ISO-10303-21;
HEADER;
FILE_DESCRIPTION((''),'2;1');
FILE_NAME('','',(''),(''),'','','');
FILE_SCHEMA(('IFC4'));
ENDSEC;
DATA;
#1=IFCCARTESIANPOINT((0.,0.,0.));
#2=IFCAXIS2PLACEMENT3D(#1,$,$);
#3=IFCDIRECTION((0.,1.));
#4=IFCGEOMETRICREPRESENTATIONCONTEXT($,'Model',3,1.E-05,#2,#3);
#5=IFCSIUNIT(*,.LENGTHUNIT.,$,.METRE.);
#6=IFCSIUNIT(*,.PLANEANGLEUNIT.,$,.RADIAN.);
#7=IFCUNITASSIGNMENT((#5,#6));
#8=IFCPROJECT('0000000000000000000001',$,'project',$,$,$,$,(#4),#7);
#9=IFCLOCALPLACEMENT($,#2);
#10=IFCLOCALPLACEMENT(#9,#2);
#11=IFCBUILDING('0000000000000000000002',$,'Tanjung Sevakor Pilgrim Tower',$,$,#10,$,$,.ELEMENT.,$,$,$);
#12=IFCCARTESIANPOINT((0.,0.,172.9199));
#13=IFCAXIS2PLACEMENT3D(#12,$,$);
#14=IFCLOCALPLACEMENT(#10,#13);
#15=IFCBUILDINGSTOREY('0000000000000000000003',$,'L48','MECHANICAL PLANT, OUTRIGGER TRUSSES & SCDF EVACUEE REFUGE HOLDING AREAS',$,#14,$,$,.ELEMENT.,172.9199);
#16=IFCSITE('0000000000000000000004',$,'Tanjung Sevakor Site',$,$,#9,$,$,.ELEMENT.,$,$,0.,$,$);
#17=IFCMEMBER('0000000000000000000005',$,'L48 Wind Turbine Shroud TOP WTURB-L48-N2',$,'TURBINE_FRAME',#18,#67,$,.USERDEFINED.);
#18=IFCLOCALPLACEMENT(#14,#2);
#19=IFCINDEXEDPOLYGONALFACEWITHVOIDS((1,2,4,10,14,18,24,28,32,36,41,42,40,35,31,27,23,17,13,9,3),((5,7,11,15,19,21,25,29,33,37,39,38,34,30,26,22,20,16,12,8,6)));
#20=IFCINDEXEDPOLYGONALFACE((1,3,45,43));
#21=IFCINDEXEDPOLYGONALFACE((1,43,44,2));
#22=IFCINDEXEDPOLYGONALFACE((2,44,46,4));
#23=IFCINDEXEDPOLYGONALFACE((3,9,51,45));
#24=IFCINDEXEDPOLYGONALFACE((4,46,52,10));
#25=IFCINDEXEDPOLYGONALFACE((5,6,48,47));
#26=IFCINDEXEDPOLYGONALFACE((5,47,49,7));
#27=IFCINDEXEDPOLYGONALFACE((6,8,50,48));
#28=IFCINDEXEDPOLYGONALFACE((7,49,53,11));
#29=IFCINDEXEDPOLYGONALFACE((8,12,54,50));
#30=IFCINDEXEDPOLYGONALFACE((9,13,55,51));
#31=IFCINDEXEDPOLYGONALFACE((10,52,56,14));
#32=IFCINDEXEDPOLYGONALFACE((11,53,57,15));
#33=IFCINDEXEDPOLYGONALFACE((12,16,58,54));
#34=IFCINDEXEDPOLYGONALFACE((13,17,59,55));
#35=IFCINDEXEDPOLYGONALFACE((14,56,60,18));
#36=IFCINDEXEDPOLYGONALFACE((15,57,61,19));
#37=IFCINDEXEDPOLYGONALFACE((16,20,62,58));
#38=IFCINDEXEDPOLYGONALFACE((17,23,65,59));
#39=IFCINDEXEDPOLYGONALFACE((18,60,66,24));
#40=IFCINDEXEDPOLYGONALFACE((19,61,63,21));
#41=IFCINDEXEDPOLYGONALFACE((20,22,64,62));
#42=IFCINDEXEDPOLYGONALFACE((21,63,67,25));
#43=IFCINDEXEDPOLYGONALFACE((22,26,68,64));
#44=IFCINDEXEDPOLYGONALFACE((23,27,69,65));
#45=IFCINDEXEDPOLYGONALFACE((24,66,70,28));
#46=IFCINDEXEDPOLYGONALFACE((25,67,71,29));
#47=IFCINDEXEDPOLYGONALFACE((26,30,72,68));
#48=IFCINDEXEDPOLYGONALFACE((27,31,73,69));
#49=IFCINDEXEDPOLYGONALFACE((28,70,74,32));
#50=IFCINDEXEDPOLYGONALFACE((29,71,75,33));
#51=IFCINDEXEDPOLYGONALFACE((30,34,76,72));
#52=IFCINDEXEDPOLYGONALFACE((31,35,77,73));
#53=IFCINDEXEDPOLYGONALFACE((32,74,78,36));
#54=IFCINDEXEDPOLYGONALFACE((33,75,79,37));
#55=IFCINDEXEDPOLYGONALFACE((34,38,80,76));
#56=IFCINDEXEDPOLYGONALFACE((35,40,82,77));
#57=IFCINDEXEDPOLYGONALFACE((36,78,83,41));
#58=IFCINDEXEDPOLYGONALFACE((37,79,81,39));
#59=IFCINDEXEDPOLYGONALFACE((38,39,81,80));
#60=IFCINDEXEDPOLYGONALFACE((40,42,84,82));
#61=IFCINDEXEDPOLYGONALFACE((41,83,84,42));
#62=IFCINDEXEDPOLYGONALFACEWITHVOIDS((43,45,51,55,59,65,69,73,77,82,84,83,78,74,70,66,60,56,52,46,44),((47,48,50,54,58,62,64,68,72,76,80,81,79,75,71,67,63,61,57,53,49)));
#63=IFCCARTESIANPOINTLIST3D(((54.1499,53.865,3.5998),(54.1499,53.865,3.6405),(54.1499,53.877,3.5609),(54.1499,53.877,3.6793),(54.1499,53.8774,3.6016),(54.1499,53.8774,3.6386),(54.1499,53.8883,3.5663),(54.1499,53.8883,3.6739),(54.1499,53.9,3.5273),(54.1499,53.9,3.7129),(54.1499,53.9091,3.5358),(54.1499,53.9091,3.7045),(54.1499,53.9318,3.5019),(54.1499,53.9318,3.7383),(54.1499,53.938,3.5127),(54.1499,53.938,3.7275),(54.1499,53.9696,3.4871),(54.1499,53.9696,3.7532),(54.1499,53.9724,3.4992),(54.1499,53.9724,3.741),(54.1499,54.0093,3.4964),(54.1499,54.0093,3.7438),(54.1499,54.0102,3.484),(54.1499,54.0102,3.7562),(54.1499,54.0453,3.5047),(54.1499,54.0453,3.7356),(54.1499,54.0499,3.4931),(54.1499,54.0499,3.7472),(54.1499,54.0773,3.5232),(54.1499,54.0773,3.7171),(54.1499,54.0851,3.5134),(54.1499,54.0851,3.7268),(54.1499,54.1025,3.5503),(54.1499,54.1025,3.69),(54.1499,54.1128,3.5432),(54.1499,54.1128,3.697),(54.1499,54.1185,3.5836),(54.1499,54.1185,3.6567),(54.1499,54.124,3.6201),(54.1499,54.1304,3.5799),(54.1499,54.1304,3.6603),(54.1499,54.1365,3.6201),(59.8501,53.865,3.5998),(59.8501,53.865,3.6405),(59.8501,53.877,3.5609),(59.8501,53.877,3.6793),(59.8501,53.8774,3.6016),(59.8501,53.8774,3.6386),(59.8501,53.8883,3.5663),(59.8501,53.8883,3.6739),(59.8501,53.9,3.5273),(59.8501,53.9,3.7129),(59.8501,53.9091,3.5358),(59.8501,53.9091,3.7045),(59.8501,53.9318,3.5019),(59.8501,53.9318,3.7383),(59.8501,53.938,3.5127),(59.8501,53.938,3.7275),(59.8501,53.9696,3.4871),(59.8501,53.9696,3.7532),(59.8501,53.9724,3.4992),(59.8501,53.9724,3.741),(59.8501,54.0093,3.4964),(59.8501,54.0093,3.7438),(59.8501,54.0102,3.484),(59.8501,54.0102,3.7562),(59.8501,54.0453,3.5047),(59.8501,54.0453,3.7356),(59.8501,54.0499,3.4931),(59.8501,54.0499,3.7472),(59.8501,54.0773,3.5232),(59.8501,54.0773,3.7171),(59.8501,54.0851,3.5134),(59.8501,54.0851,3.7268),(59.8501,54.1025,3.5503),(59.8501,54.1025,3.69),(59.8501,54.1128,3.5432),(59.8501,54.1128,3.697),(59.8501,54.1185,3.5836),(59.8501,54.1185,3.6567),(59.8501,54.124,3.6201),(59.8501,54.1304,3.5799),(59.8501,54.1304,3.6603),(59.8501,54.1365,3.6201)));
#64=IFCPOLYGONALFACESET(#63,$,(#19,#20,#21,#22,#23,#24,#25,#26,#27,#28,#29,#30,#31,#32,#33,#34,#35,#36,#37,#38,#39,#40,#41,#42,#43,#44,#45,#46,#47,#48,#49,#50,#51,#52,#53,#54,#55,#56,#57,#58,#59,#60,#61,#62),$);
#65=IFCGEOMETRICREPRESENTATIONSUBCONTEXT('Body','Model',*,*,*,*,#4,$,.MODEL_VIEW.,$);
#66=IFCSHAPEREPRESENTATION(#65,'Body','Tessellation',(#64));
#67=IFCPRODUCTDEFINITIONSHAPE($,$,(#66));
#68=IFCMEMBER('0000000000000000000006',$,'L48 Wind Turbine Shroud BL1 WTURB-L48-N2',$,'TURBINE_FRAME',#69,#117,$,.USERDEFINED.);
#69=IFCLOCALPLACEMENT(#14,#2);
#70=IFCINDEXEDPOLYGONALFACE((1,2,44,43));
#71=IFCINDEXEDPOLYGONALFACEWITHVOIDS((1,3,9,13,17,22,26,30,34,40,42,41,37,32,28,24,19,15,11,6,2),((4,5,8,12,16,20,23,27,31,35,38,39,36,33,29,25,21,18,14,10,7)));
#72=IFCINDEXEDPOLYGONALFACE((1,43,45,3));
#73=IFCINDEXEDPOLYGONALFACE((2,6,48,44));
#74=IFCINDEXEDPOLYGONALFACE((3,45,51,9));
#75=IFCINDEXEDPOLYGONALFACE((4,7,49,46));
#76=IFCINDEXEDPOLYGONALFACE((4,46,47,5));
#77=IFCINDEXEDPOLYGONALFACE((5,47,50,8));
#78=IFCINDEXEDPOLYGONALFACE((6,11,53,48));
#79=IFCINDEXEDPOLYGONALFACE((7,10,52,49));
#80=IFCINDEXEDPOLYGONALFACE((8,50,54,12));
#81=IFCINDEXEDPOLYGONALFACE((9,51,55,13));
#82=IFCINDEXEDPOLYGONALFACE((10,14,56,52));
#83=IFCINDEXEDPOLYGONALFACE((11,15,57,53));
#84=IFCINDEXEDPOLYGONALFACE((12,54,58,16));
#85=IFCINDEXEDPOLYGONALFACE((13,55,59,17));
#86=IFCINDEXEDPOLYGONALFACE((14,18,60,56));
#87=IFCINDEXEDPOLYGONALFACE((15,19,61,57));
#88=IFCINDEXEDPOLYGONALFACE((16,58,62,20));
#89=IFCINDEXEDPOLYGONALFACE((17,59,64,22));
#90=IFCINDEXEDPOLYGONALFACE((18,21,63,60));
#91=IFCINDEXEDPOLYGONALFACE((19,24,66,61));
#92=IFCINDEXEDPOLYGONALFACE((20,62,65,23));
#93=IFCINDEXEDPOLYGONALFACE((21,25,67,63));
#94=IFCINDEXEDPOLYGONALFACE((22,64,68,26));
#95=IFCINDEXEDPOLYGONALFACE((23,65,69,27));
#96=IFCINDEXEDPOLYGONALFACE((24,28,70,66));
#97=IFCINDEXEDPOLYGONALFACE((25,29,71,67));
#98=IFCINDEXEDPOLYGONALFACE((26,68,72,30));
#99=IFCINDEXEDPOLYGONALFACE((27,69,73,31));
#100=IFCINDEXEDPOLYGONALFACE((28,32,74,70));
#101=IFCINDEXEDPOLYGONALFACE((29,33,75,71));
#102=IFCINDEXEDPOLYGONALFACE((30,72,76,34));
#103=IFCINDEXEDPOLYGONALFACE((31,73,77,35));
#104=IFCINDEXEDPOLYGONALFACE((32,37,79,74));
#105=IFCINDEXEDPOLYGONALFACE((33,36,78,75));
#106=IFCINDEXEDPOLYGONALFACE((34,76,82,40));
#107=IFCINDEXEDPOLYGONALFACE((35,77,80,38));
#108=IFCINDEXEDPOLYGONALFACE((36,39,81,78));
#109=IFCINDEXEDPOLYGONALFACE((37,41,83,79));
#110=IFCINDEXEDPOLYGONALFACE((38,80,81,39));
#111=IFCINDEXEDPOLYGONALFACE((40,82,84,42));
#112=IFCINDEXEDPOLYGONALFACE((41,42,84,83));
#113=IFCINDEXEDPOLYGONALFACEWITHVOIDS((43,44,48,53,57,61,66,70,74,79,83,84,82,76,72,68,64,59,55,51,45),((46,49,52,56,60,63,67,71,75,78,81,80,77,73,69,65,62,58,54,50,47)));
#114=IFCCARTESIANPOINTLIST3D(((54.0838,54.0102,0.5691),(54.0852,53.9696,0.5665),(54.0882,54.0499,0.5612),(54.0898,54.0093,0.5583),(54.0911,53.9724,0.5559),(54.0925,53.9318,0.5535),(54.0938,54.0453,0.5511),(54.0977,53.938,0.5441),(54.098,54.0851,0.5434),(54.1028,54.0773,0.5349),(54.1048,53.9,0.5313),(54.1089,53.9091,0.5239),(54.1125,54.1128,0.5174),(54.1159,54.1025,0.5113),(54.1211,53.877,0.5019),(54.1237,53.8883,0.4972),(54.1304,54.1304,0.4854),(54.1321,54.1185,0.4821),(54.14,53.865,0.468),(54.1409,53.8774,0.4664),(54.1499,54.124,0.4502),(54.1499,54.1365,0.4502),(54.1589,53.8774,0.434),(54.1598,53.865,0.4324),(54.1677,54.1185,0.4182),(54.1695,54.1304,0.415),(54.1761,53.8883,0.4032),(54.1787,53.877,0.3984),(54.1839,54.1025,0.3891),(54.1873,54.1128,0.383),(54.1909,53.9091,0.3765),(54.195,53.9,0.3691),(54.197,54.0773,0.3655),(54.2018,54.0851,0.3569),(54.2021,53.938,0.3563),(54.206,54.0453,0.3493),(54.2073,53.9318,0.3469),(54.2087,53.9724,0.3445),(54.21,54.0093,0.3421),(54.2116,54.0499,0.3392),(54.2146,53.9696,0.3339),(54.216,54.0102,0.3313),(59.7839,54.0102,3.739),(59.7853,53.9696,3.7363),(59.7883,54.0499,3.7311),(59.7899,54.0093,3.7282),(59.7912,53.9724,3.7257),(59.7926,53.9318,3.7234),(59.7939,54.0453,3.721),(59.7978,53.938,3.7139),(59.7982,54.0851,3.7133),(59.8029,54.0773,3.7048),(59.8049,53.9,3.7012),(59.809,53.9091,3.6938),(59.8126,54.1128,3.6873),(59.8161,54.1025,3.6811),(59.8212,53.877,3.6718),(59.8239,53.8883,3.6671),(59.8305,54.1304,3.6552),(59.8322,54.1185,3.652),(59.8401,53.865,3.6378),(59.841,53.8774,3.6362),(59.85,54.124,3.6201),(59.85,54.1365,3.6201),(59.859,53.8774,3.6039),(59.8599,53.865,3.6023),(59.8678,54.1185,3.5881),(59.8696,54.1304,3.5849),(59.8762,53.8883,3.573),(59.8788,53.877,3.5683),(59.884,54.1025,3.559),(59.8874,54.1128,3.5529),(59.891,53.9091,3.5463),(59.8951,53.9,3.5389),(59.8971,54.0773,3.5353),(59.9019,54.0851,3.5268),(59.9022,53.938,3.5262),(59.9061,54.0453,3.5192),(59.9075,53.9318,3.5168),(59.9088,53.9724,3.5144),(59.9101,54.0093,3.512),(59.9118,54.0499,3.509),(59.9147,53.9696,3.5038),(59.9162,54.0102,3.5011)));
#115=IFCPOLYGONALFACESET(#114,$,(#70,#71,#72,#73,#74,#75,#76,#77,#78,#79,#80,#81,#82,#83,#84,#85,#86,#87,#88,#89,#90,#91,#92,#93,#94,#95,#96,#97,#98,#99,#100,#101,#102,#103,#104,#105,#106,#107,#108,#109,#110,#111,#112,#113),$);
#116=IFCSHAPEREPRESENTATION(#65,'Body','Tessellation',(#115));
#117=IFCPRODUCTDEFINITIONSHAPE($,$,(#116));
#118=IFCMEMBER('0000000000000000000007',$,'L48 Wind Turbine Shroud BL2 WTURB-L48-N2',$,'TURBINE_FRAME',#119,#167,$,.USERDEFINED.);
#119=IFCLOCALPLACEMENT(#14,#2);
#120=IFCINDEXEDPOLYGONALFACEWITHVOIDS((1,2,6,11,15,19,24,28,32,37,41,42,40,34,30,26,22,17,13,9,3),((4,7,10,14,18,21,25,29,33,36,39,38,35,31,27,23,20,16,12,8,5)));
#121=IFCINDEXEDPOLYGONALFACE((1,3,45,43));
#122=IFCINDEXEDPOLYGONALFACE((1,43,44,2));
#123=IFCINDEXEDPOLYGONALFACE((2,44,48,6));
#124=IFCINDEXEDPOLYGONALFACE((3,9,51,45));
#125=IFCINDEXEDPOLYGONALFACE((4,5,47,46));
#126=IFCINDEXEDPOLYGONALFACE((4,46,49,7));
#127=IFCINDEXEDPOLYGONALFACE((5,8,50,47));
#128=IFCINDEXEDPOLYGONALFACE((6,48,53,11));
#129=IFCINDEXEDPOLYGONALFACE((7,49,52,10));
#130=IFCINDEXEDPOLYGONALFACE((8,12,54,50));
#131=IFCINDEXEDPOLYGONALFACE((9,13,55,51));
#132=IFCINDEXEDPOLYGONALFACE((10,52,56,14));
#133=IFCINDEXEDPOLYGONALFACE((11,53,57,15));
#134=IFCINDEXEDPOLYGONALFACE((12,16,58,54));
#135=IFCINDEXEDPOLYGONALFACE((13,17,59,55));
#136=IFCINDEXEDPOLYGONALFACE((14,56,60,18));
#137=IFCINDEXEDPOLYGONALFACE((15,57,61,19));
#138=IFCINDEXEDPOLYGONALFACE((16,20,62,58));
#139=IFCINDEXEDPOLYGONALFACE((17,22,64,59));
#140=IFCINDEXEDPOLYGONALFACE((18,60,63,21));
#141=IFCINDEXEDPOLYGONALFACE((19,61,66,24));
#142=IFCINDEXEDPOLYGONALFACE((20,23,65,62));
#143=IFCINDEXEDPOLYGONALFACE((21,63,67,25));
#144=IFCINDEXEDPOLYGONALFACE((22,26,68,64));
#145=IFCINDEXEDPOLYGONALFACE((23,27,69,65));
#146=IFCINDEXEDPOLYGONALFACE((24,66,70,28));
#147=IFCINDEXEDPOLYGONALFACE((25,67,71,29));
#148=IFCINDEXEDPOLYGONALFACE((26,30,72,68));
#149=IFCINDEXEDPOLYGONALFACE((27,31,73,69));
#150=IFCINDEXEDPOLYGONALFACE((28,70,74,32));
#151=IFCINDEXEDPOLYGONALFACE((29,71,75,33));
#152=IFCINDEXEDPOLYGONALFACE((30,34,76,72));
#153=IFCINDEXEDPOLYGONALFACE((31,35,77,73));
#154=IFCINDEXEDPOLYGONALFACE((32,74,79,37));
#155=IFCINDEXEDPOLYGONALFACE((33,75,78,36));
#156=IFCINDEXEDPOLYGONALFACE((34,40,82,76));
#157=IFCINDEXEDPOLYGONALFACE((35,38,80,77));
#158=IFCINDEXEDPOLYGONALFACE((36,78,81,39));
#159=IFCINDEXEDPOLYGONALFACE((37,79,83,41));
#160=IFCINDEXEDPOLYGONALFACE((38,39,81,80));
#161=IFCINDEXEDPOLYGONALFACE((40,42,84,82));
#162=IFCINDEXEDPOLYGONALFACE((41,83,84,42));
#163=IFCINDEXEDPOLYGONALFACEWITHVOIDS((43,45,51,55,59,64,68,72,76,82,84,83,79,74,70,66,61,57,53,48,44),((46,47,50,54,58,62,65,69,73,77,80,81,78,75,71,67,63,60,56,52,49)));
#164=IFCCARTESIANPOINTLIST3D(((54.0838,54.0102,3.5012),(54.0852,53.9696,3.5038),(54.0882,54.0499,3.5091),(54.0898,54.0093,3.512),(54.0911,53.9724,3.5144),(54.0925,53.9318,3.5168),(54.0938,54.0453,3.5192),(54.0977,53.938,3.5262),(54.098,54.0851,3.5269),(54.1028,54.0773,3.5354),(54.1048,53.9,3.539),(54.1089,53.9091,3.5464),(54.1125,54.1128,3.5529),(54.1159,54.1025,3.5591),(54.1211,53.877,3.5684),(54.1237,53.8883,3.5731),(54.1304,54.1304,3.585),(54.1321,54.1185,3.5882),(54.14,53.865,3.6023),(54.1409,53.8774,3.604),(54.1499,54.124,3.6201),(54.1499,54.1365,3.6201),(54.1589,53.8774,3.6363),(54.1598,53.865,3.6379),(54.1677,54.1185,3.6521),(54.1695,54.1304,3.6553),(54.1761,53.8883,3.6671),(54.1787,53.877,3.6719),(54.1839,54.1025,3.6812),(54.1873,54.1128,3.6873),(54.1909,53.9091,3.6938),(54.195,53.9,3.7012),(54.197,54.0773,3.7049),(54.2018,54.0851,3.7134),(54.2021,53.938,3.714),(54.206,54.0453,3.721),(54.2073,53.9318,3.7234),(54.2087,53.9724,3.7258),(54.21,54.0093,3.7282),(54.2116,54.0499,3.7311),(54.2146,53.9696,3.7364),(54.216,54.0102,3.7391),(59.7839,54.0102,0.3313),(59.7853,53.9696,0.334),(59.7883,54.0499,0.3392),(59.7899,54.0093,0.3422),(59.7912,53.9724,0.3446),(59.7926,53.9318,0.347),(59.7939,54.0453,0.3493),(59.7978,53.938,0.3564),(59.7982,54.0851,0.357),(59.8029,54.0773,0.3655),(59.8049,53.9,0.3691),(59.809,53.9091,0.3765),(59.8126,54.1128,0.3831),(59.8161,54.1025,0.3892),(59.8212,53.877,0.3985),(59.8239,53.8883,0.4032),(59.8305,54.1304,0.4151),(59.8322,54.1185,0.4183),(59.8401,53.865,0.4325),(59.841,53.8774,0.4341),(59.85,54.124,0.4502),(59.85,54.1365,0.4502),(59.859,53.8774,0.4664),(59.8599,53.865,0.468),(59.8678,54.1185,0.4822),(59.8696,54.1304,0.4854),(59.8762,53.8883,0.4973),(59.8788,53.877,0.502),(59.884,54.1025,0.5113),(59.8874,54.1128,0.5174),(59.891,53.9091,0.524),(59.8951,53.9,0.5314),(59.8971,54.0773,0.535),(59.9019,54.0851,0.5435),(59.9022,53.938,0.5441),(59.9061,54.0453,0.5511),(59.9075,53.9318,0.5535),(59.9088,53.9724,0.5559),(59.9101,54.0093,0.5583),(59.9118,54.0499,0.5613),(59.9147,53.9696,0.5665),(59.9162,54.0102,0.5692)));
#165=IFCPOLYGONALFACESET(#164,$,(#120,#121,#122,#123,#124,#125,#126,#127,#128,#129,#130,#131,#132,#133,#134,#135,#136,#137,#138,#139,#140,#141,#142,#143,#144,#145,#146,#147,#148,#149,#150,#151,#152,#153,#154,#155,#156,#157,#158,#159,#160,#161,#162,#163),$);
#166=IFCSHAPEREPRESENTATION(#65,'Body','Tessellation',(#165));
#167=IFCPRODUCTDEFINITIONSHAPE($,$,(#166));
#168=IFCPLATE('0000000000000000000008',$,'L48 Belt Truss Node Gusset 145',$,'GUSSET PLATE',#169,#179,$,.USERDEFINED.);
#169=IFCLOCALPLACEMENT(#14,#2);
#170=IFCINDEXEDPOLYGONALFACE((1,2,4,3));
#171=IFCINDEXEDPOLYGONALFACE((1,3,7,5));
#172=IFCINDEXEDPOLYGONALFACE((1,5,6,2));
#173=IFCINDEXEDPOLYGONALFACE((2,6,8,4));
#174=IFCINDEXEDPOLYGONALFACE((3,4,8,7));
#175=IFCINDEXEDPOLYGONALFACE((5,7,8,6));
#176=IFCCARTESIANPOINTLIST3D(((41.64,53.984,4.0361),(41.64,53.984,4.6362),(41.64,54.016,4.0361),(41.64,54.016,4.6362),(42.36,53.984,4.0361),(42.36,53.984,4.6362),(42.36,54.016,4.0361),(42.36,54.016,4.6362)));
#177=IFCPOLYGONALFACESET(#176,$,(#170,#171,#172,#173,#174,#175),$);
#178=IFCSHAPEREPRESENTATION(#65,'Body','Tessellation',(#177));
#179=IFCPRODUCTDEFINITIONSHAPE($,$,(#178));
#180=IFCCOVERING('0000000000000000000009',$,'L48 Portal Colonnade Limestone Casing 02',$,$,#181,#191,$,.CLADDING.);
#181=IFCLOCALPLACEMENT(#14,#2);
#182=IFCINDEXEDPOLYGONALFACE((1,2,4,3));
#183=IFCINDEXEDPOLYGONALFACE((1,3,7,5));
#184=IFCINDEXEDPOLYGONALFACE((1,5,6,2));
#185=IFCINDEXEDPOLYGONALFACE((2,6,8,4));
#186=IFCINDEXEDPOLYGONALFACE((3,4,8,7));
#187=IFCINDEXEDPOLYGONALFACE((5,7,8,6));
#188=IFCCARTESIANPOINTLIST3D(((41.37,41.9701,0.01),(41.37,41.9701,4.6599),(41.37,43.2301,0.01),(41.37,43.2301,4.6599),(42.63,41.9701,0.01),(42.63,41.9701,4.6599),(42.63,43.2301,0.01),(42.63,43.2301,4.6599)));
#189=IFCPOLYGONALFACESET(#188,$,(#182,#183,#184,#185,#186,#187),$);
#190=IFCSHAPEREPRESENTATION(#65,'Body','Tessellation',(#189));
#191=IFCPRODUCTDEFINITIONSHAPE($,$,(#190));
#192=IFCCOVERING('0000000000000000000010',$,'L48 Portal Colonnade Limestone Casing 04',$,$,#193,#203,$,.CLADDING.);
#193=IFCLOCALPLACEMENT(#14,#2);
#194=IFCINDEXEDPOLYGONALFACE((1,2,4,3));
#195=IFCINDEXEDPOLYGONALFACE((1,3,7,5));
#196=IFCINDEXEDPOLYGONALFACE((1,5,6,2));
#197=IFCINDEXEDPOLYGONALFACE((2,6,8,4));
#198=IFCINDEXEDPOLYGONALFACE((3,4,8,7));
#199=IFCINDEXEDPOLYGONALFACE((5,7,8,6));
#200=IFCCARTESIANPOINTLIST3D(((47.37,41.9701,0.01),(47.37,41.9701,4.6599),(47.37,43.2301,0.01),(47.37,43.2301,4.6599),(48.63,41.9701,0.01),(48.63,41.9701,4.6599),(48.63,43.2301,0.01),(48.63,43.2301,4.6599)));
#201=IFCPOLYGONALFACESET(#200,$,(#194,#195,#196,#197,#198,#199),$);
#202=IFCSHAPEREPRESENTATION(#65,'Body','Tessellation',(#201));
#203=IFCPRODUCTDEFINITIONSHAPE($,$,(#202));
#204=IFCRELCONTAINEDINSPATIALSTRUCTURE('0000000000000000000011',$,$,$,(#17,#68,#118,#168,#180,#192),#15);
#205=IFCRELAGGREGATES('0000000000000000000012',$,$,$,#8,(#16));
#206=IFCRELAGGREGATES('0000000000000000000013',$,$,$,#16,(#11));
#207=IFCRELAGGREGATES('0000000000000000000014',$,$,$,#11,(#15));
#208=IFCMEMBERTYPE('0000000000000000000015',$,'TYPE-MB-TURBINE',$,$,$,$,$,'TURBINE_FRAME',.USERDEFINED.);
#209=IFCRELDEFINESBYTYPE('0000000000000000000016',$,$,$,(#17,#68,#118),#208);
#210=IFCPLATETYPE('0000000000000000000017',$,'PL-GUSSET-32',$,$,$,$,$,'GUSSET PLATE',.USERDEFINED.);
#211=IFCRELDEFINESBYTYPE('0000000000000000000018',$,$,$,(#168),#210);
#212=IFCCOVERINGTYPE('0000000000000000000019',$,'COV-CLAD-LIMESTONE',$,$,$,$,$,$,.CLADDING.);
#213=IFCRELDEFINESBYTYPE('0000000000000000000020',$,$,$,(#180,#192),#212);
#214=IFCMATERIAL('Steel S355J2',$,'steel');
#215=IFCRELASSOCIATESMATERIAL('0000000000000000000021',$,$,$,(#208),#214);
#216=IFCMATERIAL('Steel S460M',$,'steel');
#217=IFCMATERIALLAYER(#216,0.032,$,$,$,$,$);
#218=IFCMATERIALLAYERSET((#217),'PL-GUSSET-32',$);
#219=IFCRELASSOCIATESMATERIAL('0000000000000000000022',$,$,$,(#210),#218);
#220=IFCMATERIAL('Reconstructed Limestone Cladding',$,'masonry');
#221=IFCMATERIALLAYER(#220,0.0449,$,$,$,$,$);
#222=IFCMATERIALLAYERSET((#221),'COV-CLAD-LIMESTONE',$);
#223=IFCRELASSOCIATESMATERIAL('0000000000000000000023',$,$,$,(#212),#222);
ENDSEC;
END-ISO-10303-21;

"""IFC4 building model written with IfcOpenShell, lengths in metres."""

from ifc_helpers import new_model, si_unit, direction, frame, origin, origin_2d, place, context, subcontext, project, spatial, rectangle, hollow_circle, extrude, material, layer, layer_set, material_profile, profile_set, type_object, element, save


model = new_model("IFC4")

# Units and contexts
model_context = context("Model", 3, precision=1e-05, world=origin(), true_north=direction((0.0, 1.0)))
body_context = subcontext(model_context, "Body", "Model", "MODEL_VIEW")
ifc_project = project(units=[si_unit("LENGTHUNIT", "METRE"), si_unit("PLANEANGLEUNIT", "RADIAN")], contexts=[model_context])

# Site, building, storey
site_placement = place(None, origin())
site = spatial("IfcSite", under=ifc_project, at=site_placement, Name="Tanjung Sevakor Site", CompositionType="ELEMENT", RefElevation=0.0)
building_placement = place(site_placement, origin())
building = spatial("IfcBuilding", under=site, at=building_placement, Name="Tanjung Sevakor Pilgrim Tower", CompositionType="ELEMENT")
storey_placement = place(building_placement, frame((0.0, 0.0, 172.9199)))
storey = spatial("IfcBuildingStorey", under=building, at=storey_placement, Name="L48", Description="MECHANICAL PLANT, OUTRIGGER TRUSSES & SCDF EVACUEE REFUGE HOLDING AREAS", CompositionType="ELEMENT", Elevation=172.9199)

# Members
ifc_material_1 = material(Name="Steel S355J2", Category="steel")
ifc_material_profile_1 = material_profile(ifc_material_1, hollow_circle(Radius=0.1365, WallThickness=0.0125, at=origin_2d()))
ifc_profile_set_1 = profile_set([ifc_material_profile_1], Name="Steel S355J2")
member_type = type_object("IfcMemberType", Name="TYPE-MB-TURBINE", ElementType="TURBINE_FRAME", PredefinedType="USERDEFINED", material=ifc_profile_set_1)
for number, where, z_axis, x_axis, name in (
    (1, (54.1499, 54.0, 3.6201), (1.0, 0.0, 0.0), (0.0, 1.0, 0.0), "L48 Wind Turbine Shroud TOP WTURB-L48-N2"),
):
    element("IfcMember", number, at=place(storey_placement, frame(where, z_axis=z_axis, x_axis=x_axis)), inside=storey, type_object=member_type, Name=name, ObjectType="TURBINE_FRAME", PredefinedType="USERDEFINED", context=body_context, shape_type="SweptSolid", body=[
        extrude(hollow_circle(Radius=0.1365, WallThickness=0.0125, at=origin_2d()), origin(), (0.0, 0.0, 1.0), 5.7002),
    ])
for number, where, z_axis, x_axis, name in (
    (2, (54.1499, 54.0, 0.4502), (0.873952, 0.0, 0.486012), (0.0, 1.0, 0.0), "L48 Wind Turbine Shroud BL1 WTURB-L48-N2"),
    (3, (54.1499, 54.0, 3.6201), (0.873952, 0.0, -0.486012), (0.0, 1.0, 0.0), "L48 Wind Turbine Shroud BL2 WTURB-L48-N2"),
):
    element("IfcMember", number, at=place(storey_placement, frame(where, z_axis=z_axis, x_axis=x_axis)), inside=storey, type_object=member_type, Name=name, ObjectType="TURBINE_FRAME", PredefinedType="USERDEFINED", context=body_context, shape_type="SweptSolid", body=[
        extrude(hollow_circle(Radius=0.1365, WallThickness=0.0125, at=origin_2d()), origin(), (0.0, 0.0, 1.0), 6.5222),
    ])

# Plate
ifc_material_2 = material(Name="Steel S460M", Category="steel")
ifc_layer_1 = layer(ifc_material_2, 0.032)
ifc_layer_set_1 = layer_set([ifc_layer_1], Name="PL-GUSSET-32")
plate_type = type_object("IfcPlateType", Name="PL-GUSSET-32", ElementType="GUSSET PLATE", PredefinedType="USERDEFINED", material=ifc_layer_set_1)
plate_placement = place(storey_placement, frame((42.0, 54.0, 4.0361), z_axis=(0.0, 0.0, 1.0), x_axis=(1.0, 0.0, 0.0)))
element("IfcPlate", 4, at=plate_placement, inside=storey, type_object=plate_type, Name="L48 Belt Truss Node Gusset 145", ObjectType="GUSSET PLATE", PredefinedType="USERDEFINED", context=body_context, shape_type="SweptSolid", body=[
    extrude(rectangle(XDim=0.72, YDim=0.032, at=origin_2d()), origin(), (0.0, 0.0, 1.0), 0.6001),
])

# Coverings
ifc_material_3 = material(Name="Reconstructed Limestone Cladding", Category="masonry")
ifc_layer_2 = layer(ifc_material_3, 0.0449)
ifc_layer_set_2 = layer_set([ifc_layer_2], Name="COV-CLAD-LIMESTONE")
covering_type = type_object("IfcCoveringType", Name="COV-CLAD-LIMESTONE", PredefinedType="CLADDING", material=ifc_layer_set_2)
for number, where, z_axis, x_axis, name in (
    (5, (42.0, 42.6001, 0.01), (0.0, 0.0, 1.0), (1.0, 0.0, 0.0), "L48 Portal Colonnade Limestone Casing 02"),
    (6, (48.0, 42.6001, 0.01), (0.0, 0.0, 1.0), (1.0, 0.0, 0.0), "L48 Portal Colonnade Limestone Casing 04"),
):
    element("IfcCovering", number, at=place(storey_placement, frame(where, z_axis=z_axis, x_axis=x_axis)), inside=storey, type_object=covering_type, Name=name, PredefinedType="CLADDING", context=body_context, shape_type="SweptSolid", body=[
        extrude(rectangle(XDim=1.26, YDim=1.26, at=origin_2d()), origin(), (0.0, 0.0, 1.0), 4.6499),
    ])

save(model, "model.ifc")
